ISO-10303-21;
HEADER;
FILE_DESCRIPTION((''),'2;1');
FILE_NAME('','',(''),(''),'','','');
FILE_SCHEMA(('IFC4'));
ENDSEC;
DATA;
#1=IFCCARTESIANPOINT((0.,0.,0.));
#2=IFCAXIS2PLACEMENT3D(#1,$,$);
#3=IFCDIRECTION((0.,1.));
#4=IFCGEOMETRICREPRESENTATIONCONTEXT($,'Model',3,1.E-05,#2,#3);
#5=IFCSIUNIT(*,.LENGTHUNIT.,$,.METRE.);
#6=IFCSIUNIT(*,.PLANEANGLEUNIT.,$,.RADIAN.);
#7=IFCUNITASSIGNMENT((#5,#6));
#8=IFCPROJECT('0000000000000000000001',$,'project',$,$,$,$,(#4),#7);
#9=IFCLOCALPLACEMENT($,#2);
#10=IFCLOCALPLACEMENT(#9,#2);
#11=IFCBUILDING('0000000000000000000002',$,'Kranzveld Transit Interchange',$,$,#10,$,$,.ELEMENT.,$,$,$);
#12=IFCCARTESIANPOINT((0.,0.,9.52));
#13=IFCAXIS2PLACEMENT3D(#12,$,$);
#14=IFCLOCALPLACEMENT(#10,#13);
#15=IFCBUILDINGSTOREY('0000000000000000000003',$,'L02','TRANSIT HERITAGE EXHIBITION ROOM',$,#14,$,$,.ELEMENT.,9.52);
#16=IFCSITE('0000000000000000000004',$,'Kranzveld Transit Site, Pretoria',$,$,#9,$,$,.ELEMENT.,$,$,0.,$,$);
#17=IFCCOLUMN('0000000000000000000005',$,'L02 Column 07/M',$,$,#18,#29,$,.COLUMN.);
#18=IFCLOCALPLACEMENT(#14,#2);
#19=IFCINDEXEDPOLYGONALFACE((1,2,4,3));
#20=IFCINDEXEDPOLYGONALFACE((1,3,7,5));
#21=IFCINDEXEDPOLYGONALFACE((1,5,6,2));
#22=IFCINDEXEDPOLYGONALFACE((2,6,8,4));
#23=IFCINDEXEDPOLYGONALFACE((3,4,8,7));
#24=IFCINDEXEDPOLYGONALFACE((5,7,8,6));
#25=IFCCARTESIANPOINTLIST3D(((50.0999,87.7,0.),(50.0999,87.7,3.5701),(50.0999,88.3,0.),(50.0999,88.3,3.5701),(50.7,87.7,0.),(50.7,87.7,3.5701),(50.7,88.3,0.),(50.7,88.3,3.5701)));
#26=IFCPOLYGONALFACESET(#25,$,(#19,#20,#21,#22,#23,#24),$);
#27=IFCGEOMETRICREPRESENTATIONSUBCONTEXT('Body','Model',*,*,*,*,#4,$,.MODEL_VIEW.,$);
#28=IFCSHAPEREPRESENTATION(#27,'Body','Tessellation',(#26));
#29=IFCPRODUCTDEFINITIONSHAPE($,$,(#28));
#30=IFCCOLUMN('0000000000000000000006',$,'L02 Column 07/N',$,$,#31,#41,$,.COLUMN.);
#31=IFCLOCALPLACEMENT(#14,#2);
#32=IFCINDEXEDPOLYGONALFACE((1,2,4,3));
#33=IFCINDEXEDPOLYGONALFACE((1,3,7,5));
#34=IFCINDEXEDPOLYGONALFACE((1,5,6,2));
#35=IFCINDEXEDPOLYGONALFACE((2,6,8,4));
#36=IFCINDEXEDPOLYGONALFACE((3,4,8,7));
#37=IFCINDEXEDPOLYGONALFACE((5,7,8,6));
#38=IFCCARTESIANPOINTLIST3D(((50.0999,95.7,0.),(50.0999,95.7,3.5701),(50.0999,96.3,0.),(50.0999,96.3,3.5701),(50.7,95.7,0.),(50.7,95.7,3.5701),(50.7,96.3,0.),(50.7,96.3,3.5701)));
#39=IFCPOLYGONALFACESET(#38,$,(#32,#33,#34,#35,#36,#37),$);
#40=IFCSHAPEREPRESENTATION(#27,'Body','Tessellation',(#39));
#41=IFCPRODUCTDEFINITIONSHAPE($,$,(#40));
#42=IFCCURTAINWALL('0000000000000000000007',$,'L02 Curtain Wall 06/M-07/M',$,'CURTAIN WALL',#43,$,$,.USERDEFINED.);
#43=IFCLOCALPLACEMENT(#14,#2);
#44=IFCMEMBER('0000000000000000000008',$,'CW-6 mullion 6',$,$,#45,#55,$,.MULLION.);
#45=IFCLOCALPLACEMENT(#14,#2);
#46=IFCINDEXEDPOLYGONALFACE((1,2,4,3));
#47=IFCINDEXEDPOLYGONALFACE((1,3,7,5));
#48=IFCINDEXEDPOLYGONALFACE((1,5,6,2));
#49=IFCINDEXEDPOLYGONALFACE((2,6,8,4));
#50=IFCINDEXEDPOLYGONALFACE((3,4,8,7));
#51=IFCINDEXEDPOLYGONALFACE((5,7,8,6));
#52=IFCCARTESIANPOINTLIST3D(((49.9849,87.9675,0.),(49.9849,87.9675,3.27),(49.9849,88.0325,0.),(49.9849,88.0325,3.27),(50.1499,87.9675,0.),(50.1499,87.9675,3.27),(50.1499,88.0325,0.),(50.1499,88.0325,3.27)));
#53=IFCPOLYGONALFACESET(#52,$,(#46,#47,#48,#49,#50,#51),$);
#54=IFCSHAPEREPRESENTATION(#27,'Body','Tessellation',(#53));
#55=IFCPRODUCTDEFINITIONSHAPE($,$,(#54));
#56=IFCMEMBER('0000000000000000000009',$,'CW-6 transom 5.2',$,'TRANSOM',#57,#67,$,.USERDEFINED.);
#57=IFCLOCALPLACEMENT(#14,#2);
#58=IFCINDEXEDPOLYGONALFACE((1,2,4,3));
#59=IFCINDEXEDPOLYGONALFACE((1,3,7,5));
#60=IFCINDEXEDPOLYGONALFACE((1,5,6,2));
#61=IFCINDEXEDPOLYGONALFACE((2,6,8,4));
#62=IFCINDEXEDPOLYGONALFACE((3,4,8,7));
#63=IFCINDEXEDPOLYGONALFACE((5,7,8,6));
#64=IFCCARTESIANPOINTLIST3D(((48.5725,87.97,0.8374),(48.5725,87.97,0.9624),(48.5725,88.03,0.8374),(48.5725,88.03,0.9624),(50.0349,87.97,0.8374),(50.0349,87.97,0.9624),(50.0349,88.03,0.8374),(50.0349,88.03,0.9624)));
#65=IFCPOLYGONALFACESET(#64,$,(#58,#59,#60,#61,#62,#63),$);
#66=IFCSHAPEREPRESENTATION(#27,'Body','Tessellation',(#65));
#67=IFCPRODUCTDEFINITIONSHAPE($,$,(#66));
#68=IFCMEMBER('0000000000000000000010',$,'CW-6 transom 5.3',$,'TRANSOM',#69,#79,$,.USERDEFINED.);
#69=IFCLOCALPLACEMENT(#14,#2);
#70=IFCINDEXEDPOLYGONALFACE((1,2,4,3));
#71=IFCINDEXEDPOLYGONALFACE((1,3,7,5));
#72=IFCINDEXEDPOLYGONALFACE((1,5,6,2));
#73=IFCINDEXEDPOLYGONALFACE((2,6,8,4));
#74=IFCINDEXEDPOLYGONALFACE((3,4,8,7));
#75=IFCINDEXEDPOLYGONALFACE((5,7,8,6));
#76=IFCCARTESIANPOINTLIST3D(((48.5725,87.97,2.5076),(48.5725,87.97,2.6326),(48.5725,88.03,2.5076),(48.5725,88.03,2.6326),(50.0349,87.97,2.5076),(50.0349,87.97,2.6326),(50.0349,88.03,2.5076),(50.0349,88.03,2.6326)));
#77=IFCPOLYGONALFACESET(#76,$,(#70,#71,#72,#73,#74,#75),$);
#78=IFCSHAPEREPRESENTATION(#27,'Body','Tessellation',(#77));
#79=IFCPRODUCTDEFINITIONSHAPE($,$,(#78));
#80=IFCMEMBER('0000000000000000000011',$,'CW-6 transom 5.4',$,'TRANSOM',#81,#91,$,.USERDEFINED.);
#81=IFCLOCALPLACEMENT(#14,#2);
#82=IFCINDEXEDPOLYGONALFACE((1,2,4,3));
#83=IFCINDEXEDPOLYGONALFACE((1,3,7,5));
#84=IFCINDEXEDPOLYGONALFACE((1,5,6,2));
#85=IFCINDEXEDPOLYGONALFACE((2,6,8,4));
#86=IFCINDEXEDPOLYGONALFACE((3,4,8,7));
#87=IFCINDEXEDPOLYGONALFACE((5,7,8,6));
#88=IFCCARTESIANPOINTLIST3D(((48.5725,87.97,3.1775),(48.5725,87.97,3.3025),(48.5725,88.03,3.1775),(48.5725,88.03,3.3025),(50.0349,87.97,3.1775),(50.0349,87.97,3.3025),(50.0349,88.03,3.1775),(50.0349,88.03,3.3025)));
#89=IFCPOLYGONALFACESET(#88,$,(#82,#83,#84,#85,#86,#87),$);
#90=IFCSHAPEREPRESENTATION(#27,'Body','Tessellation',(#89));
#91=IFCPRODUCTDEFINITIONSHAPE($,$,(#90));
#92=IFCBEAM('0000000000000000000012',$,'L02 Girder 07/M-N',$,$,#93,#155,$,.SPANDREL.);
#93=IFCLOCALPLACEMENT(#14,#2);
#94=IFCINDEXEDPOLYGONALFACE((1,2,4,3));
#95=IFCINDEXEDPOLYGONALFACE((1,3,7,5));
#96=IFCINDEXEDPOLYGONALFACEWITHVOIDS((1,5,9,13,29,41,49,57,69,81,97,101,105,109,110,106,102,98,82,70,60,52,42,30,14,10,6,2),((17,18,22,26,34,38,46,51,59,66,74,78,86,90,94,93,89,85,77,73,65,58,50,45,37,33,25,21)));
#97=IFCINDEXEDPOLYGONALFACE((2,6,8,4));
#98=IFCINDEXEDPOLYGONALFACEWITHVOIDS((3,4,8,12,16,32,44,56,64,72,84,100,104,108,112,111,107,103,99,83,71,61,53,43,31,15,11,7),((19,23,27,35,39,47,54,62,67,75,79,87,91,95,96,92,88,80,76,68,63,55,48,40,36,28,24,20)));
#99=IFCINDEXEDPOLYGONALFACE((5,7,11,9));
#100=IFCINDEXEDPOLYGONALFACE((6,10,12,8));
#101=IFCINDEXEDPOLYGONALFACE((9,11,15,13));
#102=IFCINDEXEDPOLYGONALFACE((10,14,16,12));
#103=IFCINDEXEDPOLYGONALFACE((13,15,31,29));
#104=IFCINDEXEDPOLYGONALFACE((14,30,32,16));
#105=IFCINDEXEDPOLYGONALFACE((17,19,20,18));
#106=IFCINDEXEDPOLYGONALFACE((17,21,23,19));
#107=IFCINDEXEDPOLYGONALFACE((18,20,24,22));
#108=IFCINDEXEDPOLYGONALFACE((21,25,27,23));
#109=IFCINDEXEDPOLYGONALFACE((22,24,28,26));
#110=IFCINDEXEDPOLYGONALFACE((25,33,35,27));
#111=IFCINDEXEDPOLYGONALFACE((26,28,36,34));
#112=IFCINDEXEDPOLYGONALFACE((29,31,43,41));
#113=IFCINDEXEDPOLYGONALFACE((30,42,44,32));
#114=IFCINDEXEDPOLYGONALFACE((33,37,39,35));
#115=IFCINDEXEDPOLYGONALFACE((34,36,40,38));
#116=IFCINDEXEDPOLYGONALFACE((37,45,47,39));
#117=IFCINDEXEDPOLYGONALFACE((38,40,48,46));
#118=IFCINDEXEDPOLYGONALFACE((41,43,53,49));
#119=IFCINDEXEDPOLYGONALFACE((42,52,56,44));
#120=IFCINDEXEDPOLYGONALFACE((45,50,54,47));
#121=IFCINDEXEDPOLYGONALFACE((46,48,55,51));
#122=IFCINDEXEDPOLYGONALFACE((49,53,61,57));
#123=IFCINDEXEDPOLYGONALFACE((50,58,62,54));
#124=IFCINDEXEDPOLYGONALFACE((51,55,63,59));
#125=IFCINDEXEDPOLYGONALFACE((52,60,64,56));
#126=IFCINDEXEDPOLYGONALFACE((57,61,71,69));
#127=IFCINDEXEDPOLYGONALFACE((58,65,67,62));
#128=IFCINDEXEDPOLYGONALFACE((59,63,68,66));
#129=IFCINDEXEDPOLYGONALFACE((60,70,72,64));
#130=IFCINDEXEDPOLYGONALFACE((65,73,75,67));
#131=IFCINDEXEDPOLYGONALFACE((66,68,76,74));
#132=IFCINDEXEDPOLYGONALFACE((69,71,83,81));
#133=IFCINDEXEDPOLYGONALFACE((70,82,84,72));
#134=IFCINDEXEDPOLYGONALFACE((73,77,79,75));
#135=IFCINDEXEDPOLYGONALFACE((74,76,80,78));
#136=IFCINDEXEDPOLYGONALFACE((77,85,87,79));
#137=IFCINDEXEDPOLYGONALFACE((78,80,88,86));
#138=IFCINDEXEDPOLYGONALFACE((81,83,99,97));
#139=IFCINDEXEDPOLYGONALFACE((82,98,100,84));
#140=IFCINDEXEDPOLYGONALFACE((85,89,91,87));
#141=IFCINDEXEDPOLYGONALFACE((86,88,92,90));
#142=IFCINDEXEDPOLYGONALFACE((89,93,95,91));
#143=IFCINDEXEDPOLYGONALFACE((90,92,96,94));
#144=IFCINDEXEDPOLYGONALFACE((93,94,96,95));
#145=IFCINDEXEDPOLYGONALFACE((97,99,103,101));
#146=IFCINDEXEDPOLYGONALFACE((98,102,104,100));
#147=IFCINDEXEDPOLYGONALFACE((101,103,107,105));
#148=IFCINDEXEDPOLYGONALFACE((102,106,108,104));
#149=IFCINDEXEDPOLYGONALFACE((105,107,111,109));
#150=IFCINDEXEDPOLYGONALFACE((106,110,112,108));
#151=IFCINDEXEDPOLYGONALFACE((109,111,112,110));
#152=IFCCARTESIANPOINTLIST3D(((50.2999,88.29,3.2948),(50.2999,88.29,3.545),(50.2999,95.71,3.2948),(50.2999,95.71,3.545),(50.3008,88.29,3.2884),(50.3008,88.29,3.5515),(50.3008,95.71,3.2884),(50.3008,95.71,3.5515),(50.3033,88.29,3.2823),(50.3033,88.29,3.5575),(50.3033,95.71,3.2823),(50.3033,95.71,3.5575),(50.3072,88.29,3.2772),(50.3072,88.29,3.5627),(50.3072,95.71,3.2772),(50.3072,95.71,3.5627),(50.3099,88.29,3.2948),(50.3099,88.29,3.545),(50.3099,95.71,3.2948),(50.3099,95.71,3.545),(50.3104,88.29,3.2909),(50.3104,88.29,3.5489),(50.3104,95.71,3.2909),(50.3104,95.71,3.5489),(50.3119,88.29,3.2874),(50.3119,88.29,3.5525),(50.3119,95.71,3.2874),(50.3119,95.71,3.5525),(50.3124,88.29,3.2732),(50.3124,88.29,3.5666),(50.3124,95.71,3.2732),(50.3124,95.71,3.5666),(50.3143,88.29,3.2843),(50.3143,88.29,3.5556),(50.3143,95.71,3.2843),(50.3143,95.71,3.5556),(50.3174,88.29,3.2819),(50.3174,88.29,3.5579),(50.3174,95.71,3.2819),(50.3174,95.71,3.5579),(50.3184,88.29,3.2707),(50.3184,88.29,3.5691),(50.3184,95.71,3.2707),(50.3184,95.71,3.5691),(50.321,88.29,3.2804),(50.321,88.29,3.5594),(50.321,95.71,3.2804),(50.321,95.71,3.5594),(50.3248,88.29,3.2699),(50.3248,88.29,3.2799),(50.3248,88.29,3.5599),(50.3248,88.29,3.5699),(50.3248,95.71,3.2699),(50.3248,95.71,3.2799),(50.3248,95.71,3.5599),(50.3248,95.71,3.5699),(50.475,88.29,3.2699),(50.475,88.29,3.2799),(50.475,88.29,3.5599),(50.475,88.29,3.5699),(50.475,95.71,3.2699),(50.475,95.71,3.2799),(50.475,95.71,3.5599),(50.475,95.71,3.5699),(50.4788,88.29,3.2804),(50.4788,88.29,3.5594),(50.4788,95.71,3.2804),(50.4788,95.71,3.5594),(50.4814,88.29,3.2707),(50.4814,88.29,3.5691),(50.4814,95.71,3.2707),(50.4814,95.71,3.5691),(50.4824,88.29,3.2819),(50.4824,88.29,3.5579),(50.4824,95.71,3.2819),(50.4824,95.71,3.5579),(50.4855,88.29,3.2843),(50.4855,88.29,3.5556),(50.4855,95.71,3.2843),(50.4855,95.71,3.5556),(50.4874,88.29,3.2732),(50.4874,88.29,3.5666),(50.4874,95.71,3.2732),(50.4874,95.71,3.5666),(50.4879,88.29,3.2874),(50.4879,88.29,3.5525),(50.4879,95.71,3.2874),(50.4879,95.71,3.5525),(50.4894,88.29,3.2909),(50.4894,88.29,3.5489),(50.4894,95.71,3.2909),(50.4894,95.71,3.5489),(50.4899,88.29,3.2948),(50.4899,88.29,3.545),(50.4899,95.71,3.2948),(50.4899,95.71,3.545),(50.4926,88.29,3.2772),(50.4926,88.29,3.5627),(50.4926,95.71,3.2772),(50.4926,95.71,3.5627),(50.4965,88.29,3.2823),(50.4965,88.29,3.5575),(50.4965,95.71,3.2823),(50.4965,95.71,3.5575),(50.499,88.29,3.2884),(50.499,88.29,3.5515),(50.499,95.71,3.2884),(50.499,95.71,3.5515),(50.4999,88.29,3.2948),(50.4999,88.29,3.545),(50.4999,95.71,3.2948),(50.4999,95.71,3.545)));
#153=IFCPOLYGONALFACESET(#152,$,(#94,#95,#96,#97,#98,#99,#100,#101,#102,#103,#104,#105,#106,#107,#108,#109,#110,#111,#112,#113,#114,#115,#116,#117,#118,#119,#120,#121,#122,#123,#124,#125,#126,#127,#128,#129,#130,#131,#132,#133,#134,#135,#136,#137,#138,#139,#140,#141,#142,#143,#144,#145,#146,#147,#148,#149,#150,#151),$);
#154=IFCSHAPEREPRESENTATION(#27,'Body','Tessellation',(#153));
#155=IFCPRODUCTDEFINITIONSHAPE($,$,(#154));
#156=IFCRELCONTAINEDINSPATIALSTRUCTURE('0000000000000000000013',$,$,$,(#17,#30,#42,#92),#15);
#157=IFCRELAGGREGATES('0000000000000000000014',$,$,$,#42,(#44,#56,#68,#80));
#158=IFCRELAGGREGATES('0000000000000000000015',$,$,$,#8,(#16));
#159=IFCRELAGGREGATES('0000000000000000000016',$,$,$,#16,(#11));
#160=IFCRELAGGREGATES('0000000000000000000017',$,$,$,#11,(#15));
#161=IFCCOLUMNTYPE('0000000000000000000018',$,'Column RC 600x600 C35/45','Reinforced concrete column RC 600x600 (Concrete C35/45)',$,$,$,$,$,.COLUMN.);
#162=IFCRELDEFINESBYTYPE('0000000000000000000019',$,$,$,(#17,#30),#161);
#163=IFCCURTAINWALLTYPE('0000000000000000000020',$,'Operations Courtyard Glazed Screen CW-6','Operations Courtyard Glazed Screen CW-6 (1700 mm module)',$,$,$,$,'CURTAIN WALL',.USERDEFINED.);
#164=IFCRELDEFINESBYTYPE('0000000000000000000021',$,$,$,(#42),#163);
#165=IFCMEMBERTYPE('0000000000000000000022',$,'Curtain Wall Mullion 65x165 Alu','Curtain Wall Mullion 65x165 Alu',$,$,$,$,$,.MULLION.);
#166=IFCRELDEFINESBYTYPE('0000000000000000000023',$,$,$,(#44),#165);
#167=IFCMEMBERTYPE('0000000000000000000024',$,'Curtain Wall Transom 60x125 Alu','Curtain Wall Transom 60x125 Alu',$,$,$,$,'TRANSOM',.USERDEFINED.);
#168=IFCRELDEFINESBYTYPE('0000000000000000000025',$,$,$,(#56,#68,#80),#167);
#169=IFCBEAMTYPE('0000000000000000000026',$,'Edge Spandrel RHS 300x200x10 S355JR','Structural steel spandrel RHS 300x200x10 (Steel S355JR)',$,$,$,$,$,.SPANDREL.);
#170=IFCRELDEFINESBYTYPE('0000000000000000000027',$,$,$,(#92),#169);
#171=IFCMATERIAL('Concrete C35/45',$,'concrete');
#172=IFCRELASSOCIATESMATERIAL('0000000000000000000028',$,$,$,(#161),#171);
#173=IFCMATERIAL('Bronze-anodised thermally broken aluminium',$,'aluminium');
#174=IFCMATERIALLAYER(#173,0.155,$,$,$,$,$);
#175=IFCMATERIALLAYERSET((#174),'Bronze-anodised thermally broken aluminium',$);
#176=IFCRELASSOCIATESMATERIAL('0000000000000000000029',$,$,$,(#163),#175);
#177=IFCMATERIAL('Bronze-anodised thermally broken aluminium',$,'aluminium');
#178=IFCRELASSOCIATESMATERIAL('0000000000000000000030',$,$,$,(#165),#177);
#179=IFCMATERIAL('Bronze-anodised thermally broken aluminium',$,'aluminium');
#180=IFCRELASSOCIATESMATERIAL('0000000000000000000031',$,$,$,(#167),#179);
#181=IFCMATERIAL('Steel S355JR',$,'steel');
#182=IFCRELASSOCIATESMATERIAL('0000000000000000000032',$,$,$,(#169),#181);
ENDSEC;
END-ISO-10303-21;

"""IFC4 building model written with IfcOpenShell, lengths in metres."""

from ifc_helpers import new_model, si_unit, direction, frame, origin, origin_2d, place, context, subcontext, project, spatial, rectangle, hollow_rectangle, extrude, material, layer, layer_set, material_profile, profile_set, type_object, element, aggregate, save


model = new_model("IFC4")

# Units and contexts
model_context = context("Model", 3, precision=1e-05, world=origin(), true_north=direction((0.0, 1.0)))
body_context = subcontext(model_context, "Body", "Model", "MODEL_VIEW")
ifc_project = project(units=[si_unit("LENGTHUNIT", "METRE"), si_unit("PLANEANGLEUNIT", "RADIAN")], contexts=[model_context])

# Site, building, storey
site_placement = place(None, origin())
site = spatial("IfcSite", under=ifc_project, at=site_placement, Name="Kranzveld Transit Site, Pretoria", CompositionType="ELEMENT", RefElevation=0.0)
building_placement = place(site_placement, origin())
building = spatial("IfcBuilding", under=site, at=building_placement, Name="Kranzveld Transit Interchange", CompositionType="ELEMENT")
storey_placement = place(building_placement, frame((0.0, 0.0, 9.52)))
storey = spatial("IfcBuildingStorey", under=building, at=storey_placement, Name="L02", Description="TRANSIT HERITAGE EXHIBITION ROOM", CompositionType="ELEMENT", Elevation=9.52)

# Columns
ifc_material_1 = material(Name="Concrete C35/45", Category="concrete")
ifc_material_profile_1 = material_profile(ifc_material_1, rectangle(XDim=0.6001, YDim=0.6001, at=origin_2d()), Name="RC 600x600")
ifc_profile_set_1 = profile_set([ifc_material_profile_1], Name="Concrete C35/45")
column_type = type_object("IfcColumnType", Name="Column RC 600x600 C35/45", Description="Reinforced concrete column RC 600x600 (Concrete C35/45)", PredefinedType="COLUMN", material=ifc_profile_set_1)
for number, where, z_axis, x_axis, name in (
    (1, (50.3999, 88.0, 0.0), (0.0, 0.0, 1.0), (1.0, 0.0, 0.0), "L02 Column 07/M"),
    (2, (50.3999, 96.0, 0.0), (0.0, 0.0, 1.0), (1.0, 0.0, 0.0), "L02 Column 07/N"),
):
    element("IfcColumn", number, at=place(storey_placement, frame(where, z_axis=z_axis, x_axis=x_axis)), inside=storey, type_object=column_type, Name=name, PredefinedType="COLUMN", context=body_context, shape_type="SweptSolid", body=[
        extrude(rectangle(XDim=0.6001, YDim=0.6001, at=origin_2d()), origin(), (0.0, 0.0, 1.0), 3.5701),
    ])

# Curtain wall, members
ifc_material_2 = material(Name="Bronze-anodised thermally broken aluminium", Category="aluminium")
ifc_layer_1 = layer(ifc_material_2, 0.155)
ifc_layer_set_1 = layer_set([ifc_layer_1], Name="Bronze-anodised thermally broken aluminium")
curtain_wall_type = type_object("IfcCurtainWallType", Name="Operations Courtyard Glazed Screen CW-6", Description="Operations Courtyard Glazed Screen CW-6 (1700 mm module)", ElementType="CURTAIN WALL", PredefinedType="USERDEFINED", material=ifc_layer_set_1)
curtain_wall_placement = place(storey_placement, origin())
curtain_wall = element("IfcCurtainWall", 3, at=curtain_wall_placement, inside=storey, type_object=curtain_wall_type, Name="L02 Curtain Wall 06/M-07/M", ObjectType="CURTAIN WALL", PredefinedType="USERDEFINED")
ifc_material_3 = material(Name="Bronze-anodised thermally broken aluminium", Category="aluminium")
ifc_material_profile_2 = material_profile(ifc_material_3, rectangle(XDim=0.0649, YDim=0.165, at=origin_2d()), Name="ALU MULLION 65x165")
ifc_profile_set_2 = profile_set([ifc_material_profile_2], Name="Bronze-anodised thermally broken aluminium")
member_type_1 = type_object("IfcMemberType", Name="Curtain Wall Mullion 65x165 Alu", Description="Curtain Wall Mullion 65x165 Alu", PredefinedType="MULLION", material=ifc_profile_set_2)
member_1_placement = place(storey_placement, frame((50.0674, 88.0, 0.0), z_axis=(0.0, 0.0, 1.0), x_axis=(0.0, 1.0, 0.0)))
member_1 = element("IfcMember", 4, at=member_1_placement, type_object=member_type_1, Name="CW-6 mullion 6", PredefinedType="MULLION", context=body_context, shape_type="SweptSolid", body=[
    extrude(rectangle(XDim=0.0649, YDim=0.165, at=origin_2d()), origin(), (0.0, 0.0, 1.0), 3.27),
])
ifc_material_4 = material(Name="Bronze-anodised thermally broken aluminium", Category="aluminium")
ifc_material_profile_3 = material_profile(ifc_material_4, rectangle(XDim=0.0601, YDim=0.125, at=origin_2d()), Name="ALU TRANSOM 60x125")
ifc_profile_set_3 = profile_set([ifc_material_profile_3], Name="Bronze-anodised thermally broken aluminium")
member_type_2 = type_object("IfcMemberType", Name="Curtain Wall Transom 60x125 Alu", Description="Curtain Wall Transom 60x125 Alu", ElementType="TRANSOM", PredefinedType="USERDEFINED", material=ifc_profile_set_3)
member_2_placement = place(storey_placement, frame((48.5725, 88.0, 0.8999), z_axis=(1.0, 0.0, 0.0), x_axis=(0.0, 1.0, 0.0)))
member_2 = element("IfcMember", 5, at=member_2_placement, type_object=member_type_2, Name="CW-6 transom 5.2", ObjectType="TRANSOM", PredefinedType="USERDEFINED", context=body_context, shape_type="SweptSolid", body=[
    extrude(rectangle(XDim=0.0601, YDim=0.125, at=origin_2d()), origin(), (0.0, 0.0, 1.0), 1.4624),
])
member_3_placement = place(storey_placement, frame((48.5725, 88.0, 2.5701), z_axis=(1.0, 0.0, 0.0), x_axis=(0.0, 1.0, 0.0)))
member_3 = element("IfcMember", 6, at=member_3_placement, type_object=member_type_2, Name="CW-6 transom 5.3", ObjectType="TRANSOM", PredefinedType="USERDEFINED", context=body_context, shape_type="SweptSolid", body=[
    extrude(rectangle(XDim=0.0601, YDim=0.125, at=origin_2d()), origin(), (0.0, 0.0, 1.0), 1.4624),
])
member_4_placement = place(storey_placement, frame((48.5725, 88.0, 3.24), z_axis=(1.0, 0.0, 0.0), x_axis=(0.0, 1.0, 0.0)))
member_4 = element("IfcMember", 7, at=member_4_placement, type_object=member_type_2, Name="CW-6 transom 5.4", ObjectType="TRANSOM", PredefinedType="USERDEFINED", context=body_context, shape_type="SweptSolid", body=[
    extrude(rectangle(XDim=0.0601, YDim=0.125, at=origin_2d()), origin(), (0.0, 0.0, 1.0), 1.4624),
])

# Beam
ifc_material_5 = material(Name="Steel S355JR", Category="steel")
ifc_material_profile_4 = material_profile(ifc_material_5, hollow_rectangle(XDim=0.2, YDim=0.3, WallThickness=0.01, InnerFilletRadius=0.0149, OuterFilletRadius=0.0249, at=origin_2d()), Name="RHS 300x200x10")
ifc_profile_set_4 = profile_set([ifc_material_profile_4], Name="Steel S355JR")
beam_type_1 = type_object("IfcBeamType", Name="Edge Spandrel RHS 300x200x10 S355JR", Description="Structural steel spandrel RHS 300x200x10 (Steel S355JR)", PredefinedType="SPANDREL", material=ifc_profile_set_4)
for number, where, z_axis, x_axis, name in (
    (8, (50.3999, 88.29, 3.4199), (0.0, 1.0, 0.0), (-1.0, 0.0, 0.0), "L02 Girder 07/M-N"),
):
    element("IfcBeam", number, at=place(storey_placement, frame(where, z_axis=z_axis, x_axis=x_axis)), inside=storey, type_object=beam_type_1, Name=name, PredefinedType="SPANDREL", context=body_context, shape_type="SweptSolid", body=[
        extrude(hollow_rectangle(XDim=0.2, YDim=0.3, WallThickness=0.01, InnerFilletRadius=0.0149, OuterFilletRadius=0.0249, at=origin_2d()), origin(), (0.0, 0.0, 1.0), 7.4199),
    ])

aggregate(curtain_wall, [member_1, member_2, member_3, member_4])

save(model, "model.ifc")
